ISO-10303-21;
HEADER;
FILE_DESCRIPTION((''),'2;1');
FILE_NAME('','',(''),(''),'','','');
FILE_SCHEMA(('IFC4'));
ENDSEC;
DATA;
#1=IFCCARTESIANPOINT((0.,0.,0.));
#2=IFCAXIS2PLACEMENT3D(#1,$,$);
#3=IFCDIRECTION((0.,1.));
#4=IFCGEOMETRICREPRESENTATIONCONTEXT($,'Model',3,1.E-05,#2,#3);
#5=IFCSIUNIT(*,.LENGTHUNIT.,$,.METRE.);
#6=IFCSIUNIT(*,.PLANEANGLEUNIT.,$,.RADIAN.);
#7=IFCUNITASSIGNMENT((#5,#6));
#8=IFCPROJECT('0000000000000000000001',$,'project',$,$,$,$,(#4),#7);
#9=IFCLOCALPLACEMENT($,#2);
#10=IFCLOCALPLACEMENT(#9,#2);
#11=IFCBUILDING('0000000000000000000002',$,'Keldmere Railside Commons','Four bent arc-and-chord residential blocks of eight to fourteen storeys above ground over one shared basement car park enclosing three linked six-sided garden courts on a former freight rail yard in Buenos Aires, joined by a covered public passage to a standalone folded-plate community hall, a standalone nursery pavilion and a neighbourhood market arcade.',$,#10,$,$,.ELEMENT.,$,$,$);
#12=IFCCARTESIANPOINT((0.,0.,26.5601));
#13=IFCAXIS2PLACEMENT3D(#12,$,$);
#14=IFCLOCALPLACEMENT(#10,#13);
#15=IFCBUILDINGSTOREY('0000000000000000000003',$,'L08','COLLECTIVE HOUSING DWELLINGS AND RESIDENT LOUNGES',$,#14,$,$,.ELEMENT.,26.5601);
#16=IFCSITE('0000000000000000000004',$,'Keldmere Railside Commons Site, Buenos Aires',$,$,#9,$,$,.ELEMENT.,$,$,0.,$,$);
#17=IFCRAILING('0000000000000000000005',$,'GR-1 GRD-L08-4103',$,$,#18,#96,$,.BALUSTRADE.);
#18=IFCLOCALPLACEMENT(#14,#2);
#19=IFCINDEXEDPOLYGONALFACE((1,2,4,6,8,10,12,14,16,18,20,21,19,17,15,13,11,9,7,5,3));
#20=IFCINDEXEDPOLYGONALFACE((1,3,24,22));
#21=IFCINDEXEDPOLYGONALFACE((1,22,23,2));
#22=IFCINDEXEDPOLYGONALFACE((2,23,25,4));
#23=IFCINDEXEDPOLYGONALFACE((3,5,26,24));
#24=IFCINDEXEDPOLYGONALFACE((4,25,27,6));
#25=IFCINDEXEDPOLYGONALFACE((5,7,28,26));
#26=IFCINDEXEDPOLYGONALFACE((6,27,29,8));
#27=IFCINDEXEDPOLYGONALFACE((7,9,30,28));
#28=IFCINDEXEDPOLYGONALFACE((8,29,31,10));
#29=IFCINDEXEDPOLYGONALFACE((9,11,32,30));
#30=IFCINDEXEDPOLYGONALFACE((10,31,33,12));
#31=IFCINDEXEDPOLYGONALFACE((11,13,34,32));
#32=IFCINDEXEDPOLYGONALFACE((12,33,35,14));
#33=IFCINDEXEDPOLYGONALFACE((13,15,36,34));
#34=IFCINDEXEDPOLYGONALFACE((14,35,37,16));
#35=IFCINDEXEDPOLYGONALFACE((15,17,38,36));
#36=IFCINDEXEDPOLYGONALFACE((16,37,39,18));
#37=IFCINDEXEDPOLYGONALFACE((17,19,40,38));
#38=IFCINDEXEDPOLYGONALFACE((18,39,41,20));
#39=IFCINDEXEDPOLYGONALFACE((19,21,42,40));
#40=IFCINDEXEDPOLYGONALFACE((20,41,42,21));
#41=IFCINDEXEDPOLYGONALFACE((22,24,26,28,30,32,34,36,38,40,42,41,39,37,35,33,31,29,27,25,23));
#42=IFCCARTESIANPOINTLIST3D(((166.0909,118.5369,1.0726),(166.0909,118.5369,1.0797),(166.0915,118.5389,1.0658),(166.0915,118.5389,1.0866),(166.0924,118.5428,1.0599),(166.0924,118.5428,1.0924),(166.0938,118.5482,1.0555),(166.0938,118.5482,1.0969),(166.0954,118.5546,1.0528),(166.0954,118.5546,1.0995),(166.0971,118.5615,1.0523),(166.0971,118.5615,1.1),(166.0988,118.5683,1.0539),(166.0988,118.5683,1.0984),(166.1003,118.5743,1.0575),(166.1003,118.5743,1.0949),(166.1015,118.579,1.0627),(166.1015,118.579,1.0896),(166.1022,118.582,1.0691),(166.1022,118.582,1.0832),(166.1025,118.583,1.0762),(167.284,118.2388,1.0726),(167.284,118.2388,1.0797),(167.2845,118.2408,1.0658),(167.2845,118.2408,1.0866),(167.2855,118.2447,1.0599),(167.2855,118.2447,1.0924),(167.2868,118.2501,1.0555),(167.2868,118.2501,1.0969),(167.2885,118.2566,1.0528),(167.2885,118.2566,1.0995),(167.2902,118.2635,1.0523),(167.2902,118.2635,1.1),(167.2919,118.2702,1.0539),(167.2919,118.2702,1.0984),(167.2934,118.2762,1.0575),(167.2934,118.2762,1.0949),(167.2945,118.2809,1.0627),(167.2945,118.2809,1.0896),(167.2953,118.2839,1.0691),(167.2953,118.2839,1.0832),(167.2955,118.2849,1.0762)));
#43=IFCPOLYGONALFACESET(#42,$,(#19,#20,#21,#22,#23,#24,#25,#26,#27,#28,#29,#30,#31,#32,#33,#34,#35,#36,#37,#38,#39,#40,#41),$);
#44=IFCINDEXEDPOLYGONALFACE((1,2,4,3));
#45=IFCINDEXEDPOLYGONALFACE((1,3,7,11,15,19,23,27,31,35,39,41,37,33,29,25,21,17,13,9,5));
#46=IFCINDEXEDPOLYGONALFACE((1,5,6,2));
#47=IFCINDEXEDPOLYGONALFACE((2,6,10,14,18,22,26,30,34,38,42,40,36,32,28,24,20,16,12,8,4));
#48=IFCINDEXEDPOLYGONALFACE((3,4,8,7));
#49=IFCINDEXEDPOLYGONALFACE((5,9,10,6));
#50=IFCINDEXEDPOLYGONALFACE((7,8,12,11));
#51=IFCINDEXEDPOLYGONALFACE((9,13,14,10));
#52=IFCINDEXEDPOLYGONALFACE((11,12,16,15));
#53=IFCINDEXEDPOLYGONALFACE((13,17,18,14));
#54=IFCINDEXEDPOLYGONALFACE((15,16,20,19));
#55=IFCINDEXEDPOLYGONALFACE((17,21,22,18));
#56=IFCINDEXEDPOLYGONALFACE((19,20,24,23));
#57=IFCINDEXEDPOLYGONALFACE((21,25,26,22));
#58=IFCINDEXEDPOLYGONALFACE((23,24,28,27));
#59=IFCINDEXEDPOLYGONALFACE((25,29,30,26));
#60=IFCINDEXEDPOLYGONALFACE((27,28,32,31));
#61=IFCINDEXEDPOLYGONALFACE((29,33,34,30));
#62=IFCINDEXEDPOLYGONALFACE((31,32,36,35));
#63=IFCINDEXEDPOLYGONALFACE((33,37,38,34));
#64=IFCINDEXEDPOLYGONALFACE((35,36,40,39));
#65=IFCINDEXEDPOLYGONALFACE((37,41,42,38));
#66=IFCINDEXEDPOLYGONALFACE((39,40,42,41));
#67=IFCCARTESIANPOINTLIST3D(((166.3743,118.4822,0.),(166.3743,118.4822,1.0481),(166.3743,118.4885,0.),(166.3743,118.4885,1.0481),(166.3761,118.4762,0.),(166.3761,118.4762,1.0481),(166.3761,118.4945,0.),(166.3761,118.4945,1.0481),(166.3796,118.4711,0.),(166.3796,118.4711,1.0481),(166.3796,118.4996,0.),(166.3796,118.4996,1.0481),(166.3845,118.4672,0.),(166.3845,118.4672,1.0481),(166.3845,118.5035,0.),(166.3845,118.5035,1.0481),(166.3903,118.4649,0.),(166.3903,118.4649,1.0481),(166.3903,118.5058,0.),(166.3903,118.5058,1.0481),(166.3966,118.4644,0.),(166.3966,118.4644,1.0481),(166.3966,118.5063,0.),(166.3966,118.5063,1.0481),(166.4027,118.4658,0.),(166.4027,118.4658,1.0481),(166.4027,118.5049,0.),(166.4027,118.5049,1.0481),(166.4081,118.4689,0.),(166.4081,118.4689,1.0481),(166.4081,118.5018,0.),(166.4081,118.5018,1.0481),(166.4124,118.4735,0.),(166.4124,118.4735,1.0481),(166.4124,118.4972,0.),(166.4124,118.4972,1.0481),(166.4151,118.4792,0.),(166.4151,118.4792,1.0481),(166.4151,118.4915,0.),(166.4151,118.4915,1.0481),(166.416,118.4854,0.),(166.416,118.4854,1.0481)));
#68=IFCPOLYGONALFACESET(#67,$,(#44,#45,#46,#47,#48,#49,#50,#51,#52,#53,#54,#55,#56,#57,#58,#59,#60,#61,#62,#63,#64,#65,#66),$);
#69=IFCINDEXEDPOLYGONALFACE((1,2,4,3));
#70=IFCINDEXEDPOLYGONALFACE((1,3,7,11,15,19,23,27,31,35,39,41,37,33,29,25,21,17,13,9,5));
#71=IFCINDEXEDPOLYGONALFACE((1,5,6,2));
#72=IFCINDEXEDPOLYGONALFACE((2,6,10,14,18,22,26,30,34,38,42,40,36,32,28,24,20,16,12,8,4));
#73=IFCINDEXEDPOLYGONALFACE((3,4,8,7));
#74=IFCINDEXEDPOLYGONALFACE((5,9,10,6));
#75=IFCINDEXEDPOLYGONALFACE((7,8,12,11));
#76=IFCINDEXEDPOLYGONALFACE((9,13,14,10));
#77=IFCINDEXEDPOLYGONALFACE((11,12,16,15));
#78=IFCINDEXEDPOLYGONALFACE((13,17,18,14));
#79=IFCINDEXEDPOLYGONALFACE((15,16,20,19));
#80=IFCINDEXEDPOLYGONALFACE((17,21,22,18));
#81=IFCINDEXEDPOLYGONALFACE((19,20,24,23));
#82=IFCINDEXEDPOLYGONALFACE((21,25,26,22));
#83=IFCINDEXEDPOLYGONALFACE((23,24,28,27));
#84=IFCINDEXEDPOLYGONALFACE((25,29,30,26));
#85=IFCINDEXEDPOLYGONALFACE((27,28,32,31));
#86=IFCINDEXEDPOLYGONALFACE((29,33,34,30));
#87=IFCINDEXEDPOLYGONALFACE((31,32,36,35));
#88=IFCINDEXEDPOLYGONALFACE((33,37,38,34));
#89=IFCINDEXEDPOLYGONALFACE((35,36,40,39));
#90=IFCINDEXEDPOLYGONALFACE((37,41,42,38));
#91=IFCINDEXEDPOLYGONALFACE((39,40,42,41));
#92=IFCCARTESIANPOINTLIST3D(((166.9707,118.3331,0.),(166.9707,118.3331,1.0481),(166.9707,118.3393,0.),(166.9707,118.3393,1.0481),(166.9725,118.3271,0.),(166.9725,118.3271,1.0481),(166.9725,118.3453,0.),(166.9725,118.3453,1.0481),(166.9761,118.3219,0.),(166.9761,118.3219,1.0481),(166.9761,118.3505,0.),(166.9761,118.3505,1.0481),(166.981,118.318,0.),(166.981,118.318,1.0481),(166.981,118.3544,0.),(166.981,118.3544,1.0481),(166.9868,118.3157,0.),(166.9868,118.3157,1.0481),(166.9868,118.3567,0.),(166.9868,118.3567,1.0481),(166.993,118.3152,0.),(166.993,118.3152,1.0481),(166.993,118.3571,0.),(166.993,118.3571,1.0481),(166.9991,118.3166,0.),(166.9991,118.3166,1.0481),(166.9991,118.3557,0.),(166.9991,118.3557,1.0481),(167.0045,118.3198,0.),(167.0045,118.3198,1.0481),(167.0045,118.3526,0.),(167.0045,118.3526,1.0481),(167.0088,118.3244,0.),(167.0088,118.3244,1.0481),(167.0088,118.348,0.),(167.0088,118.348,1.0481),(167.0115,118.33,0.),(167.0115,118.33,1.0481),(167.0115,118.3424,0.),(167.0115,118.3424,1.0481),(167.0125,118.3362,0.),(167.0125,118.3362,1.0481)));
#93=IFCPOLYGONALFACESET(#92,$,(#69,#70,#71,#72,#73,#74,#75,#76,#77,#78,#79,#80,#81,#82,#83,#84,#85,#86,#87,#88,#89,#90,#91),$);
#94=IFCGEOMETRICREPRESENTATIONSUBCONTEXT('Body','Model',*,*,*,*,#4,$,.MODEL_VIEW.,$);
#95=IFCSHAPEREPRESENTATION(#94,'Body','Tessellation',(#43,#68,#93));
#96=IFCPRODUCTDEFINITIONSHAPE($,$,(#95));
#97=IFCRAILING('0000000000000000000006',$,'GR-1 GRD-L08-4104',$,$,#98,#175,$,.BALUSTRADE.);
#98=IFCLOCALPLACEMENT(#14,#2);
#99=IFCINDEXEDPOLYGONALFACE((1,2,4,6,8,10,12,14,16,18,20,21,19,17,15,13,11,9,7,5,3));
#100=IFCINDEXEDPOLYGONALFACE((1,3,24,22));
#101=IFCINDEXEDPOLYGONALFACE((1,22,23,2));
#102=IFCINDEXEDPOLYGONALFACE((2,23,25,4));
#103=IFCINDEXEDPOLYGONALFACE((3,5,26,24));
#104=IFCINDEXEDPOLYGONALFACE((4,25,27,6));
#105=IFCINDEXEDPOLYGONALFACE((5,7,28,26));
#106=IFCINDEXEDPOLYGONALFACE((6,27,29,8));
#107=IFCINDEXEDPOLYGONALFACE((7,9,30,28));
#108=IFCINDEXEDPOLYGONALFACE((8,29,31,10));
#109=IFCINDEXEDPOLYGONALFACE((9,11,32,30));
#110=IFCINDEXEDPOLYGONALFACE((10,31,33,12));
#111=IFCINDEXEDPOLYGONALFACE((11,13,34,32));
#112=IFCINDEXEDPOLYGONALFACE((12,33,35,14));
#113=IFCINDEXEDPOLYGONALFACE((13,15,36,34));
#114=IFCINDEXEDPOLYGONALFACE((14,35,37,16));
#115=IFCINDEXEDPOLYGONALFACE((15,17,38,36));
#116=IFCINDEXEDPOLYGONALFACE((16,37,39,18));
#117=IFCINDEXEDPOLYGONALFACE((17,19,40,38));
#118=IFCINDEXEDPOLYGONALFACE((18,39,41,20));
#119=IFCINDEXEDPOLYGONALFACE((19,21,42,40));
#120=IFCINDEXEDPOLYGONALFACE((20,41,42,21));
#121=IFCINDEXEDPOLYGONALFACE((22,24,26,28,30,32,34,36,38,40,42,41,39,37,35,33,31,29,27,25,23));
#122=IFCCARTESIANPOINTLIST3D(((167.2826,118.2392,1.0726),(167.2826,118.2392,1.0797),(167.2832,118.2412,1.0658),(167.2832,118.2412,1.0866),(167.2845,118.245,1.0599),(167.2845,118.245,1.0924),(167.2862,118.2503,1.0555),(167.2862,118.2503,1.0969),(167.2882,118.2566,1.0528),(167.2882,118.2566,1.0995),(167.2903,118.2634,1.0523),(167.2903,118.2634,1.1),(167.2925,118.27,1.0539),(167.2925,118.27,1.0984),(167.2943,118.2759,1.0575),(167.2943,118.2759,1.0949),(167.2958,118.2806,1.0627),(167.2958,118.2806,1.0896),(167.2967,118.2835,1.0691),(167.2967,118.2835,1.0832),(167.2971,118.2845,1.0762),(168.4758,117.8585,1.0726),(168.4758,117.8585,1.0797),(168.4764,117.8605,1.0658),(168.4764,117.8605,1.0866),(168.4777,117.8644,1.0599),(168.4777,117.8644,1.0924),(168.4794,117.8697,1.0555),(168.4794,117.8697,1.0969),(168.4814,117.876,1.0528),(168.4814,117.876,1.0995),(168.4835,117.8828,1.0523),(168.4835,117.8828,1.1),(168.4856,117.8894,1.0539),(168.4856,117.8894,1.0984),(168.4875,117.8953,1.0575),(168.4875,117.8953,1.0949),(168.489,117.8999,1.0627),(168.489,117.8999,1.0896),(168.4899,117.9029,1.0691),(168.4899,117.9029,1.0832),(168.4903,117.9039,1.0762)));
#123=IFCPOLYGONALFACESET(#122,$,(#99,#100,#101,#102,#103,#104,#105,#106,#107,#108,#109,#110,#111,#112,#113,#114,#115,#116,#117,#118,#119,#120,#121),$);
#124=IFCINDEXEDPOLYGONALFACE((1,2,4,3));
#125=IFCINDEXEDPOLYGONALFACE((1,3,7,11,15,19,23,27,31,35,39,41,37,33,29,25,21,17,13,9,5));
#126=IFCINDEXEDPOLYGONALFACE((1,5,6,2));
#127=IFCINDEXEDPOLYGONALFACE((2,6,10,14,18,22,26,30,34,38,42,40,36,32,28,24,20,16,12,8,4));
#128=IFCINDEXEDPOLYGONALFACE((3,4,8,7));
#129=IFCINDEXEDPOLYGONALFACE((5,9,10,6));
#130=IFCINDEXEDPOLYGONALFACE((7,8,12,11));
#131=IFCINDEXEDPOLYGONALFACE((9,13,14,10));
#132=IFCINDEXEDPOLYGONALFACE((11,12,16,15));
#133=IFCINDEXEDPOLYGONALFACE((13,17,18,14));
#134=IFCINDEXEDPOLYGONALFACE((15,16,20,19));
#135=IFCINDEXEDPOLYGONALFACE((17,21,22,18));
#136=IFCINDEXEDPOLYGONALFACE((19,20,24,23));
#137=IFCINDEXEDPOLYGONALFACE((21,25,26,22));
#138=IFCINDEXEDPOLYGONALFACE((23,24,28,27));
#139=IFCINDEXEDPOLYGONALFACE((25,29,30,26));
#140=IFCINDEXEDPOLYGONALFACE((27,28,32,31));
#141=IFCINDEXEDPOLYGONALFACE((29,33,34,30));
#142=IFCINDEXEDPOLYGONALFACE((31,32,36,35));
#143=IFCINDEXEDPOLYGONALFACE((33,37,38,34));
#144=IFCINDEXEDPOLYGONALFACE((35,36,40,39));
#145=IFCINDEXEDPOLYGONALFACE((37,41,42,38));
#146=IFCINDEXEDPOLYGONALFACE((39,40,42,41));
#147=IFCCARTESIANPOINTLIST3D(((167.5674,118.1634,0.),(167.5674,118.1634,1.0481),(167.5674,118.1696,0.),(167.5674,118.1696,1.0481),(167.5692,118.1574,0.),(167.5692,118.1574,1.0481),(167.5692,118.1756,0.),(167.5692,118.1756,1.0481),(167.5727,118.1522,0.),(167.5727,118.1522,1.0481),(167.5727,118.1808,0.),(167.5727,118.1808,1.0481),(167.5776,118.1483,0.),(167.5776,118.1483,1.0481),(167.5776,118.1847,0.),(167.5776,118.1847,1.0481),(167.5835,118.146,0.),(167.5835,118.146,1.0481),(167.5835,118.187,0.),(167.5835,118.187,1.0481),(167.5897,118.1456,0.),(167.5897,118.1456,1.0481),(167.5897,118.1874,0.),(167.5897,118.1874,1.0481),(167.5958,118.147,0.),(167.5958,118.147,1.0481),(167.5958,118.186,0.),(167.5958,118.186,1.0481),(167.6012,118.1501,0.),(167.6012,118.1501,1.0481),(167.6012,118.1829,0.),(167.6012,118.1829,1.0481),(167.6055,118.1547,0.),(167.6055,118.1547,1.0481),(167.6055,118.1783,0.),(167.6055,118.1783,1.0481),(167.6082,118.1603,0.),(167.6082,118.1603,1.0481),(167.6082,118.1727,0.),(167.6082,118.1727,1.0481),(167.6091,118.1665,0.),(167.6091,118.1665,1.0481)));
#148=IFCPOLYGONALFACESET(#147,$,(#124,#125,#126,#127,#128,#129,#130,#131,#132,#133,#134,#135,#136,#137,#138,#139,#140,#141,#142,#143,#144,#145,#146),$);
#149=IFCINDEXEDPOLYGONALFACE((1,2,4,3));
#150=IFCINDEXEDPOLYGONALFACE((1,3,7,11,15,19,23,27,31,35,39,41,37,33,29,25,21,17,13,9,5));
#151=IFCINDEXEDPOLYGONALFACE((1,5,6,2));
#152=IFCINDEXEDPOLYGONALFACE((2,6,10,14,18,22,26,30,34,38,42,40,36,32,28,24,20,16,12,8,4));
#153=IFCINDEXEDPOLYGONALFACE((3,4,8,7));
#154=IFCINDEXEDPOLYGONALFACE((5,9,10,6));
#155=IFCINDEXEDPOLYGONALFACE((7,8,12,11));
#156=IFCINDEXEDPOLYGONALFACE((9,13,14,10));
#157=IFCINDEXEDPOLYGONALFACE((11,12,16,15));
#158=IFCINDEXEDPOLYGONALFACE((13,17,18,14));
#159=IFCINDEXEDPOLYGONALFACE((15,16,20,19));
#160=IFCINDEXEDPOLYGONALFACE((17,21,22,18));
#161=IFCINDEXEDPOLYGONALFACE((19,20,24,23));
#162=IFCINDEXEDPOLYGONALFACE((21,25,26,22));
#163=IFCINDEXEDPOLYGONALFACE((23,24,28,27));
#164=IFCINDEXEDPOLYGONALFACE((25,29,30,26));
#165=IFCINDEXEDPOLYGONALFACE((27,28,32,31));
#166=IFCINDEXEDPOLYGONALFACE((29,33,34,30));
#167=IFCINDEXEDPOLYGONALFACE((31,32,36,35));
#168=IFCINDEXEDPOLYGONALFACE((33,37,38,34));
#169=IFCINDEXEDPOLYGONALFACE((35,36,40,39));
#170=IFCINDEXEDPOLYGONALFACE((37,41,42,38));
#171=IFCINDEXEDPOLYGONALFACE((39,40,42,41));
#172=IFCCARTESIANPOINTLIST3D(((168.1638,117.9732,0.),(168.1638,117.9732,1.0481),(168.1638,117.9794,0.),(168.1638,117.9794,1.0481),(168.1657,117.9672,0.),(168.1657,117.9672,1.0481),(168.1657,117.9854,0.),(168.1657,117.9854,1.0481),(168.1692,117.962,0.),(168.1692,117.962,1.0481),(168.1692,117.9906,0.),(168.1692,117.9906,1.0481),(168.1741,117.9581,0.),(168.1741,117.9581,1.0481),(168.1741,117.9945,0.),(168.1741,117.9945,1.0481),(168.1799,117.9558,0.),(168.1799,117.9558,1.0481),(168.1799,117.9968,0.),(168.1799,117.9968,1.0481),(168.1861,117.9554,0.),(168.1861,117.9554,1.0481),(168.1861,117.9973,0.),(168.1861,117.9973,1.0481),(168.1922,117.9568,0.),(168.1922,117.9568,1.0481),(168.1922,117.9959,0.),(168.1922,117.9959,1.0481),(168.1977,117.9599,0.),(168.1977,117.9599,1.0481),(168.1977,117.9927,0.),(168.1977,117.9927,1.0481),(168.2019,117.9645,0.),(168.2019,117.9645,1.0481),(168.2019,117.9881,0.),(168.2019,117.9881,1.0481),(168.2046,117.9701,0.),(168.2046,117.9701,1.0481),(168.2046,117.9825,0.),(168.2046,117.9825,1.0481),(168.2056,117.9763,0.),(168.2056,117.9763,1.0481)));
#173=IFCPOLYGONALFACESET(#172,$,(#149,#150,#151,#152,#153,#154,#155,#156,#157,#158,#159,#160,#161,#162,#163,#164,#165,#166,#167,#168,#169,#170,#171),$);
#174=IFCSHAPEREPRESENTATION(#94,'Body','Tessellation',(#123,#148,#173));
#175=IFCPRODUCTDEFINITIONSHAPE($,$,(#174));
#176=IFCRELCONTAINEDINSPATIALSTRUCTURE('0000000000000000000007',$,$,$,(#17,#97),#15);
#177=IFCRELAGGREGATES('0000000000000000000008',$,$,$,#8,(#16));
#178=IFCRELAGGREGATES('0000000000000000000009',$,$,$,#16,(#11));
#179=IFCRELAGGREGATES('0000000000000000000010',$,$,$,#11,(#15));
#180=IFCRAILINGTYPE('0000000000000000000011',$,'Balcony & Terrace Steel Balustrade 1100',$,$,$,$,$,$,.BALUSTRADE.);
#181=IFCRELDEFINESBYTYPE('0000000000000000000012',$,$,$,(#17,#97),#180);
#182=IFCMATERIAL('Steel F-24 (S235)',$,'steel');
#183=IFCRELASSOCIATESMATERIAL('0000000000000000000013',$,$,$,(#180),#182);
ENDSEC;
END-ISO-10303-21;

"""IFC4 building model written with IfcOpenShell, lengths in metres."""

from ifc_helpers import new_model, si_unit, direction, frame, origin, origin_2d, place, context, subcontext, project, spatial, circle, extrude, material, type_object, element, save


model = new_model("IFC4")

# Units and contexts
model_context = context("Model", 3, precision=1e-05, world=origin(), true_north=direction((0.0, 1.0)))
body_context = subcontext(model_context, "Body", "Model", "MODEL_VIEW")
ifc_project = project(units=[si_unit("LENGTHUNIT", "METRE"), si_unit("PLANEANGLEUNIT", "RADIAN")], contexts=[model_context])

# Site, building, storey
site_placement = place(None, origin())
site = spatial("IfcSite", under=ifc_project, at=site_placement, Name="Keldmere Railside Commons Site, Buenos Aires", CompositionType="ELEMENT", RefElevation=0.0)
building_placement = place(site_placement, origin())
building = spatial("IfcBuilding", under=site, at=building_placement, Name="Keldmere Railside Commons", Description="Four bent arc-and-chord residential blocks of eight to fourteen storeys above ground over one shared basement car park enclosing three linked six-sided garden courts on a former freight rail yard in Buenos Aires, joined by a covered public passage to a standalone folded-plate community hall, a standalone nursery pavilion and a neighbourhood market arcade.", CompositionType="ELEMENT")
storey_placement = place(building_placement, frame((0.0, 0.0, 26.5601)))
storey = spatial("IfcBuildingStorey", under=building, at=storey_placement, Name="L08", Description="COLLECTIVE HOUSING DWELLINGS AND RESIDENT LOUNGES", CompositionType="ELEMENT", Elevation=26.5601)

# Railings
ifc_material_1 = material(Name="Steel F-24 (S235)", Category="steel")
railing_type = type_object("IfcRailingType", Name="Balcony & Terrace Steel Balustrade 1100", PredefinedType="BALUSTRADE", material=ifc_material_1)
railing_1_placement = place(storey_placement, frame((166.0967, 118.5598, 0.0)))
element("IfcRailing", 1, at=railing_1_placement, inside=storey, type_object=railing_type, Name="GR-1 GRD-L08-4103", PredefinedType="BALUSTRADE", context=body_context, shape_type="SweptSolid", body=[
    extrude(circle(Radius=0.0239, at=origin_2d()), frame((0.0, 0.0, 1.0762), z_axis=(0.970178, -0.242395, 0.0), x_axis=(0.242395, 0.970178, 0.0)), (0.0, 0.0, 1.0), 1.2297),
    extrude(circle(Radius=0.021, at=origin_2d()), frame((0.2983, -0.0745, 0.0)), (0.0, 0.0, 1.0), 1.0481),
    extrude(circle(Radius=0.021, at=origin_2d()), frame((0.8948, -0.2236, 0.0)), (0.0, 0.0, 1.0), 1.0481),
])
railing_2_placement = place(storey_placement, frame((167.2898, 118.2617, 0.0)))
element("IfcRailing", 2, at=railing_2_placement, inside=storey, type_object=railing_type, Name="GR-1 GRD-L08-4104", PredefinedType="BALUSTRADE", context=body_context, shape_type="SweptSolid", body=[
    extrude(circle(Radius=0.0239, at=origin_2d()), frame((0.0, 0.0, 1.0762), z_axis=(0.952698, -0.30392, 0.0), x_axis=(0.30392, 0.952698, 0.0)), (0.0, 0.0, 1.0), 1.2524),
    extrude(circle(Radius=0.021, at=origin_2d()), frame((0.2983, -0.0952, 0.0)), (0.0, 0.0, 1.0), 1.0481),
    extrude(circle(Radius=0.021, at=origin_2d()), frame((0.8948, -0.2854, 0.0)), (0.0, 0.0, 1.0), 1.0481),
])

save(model, "model.ifc")
